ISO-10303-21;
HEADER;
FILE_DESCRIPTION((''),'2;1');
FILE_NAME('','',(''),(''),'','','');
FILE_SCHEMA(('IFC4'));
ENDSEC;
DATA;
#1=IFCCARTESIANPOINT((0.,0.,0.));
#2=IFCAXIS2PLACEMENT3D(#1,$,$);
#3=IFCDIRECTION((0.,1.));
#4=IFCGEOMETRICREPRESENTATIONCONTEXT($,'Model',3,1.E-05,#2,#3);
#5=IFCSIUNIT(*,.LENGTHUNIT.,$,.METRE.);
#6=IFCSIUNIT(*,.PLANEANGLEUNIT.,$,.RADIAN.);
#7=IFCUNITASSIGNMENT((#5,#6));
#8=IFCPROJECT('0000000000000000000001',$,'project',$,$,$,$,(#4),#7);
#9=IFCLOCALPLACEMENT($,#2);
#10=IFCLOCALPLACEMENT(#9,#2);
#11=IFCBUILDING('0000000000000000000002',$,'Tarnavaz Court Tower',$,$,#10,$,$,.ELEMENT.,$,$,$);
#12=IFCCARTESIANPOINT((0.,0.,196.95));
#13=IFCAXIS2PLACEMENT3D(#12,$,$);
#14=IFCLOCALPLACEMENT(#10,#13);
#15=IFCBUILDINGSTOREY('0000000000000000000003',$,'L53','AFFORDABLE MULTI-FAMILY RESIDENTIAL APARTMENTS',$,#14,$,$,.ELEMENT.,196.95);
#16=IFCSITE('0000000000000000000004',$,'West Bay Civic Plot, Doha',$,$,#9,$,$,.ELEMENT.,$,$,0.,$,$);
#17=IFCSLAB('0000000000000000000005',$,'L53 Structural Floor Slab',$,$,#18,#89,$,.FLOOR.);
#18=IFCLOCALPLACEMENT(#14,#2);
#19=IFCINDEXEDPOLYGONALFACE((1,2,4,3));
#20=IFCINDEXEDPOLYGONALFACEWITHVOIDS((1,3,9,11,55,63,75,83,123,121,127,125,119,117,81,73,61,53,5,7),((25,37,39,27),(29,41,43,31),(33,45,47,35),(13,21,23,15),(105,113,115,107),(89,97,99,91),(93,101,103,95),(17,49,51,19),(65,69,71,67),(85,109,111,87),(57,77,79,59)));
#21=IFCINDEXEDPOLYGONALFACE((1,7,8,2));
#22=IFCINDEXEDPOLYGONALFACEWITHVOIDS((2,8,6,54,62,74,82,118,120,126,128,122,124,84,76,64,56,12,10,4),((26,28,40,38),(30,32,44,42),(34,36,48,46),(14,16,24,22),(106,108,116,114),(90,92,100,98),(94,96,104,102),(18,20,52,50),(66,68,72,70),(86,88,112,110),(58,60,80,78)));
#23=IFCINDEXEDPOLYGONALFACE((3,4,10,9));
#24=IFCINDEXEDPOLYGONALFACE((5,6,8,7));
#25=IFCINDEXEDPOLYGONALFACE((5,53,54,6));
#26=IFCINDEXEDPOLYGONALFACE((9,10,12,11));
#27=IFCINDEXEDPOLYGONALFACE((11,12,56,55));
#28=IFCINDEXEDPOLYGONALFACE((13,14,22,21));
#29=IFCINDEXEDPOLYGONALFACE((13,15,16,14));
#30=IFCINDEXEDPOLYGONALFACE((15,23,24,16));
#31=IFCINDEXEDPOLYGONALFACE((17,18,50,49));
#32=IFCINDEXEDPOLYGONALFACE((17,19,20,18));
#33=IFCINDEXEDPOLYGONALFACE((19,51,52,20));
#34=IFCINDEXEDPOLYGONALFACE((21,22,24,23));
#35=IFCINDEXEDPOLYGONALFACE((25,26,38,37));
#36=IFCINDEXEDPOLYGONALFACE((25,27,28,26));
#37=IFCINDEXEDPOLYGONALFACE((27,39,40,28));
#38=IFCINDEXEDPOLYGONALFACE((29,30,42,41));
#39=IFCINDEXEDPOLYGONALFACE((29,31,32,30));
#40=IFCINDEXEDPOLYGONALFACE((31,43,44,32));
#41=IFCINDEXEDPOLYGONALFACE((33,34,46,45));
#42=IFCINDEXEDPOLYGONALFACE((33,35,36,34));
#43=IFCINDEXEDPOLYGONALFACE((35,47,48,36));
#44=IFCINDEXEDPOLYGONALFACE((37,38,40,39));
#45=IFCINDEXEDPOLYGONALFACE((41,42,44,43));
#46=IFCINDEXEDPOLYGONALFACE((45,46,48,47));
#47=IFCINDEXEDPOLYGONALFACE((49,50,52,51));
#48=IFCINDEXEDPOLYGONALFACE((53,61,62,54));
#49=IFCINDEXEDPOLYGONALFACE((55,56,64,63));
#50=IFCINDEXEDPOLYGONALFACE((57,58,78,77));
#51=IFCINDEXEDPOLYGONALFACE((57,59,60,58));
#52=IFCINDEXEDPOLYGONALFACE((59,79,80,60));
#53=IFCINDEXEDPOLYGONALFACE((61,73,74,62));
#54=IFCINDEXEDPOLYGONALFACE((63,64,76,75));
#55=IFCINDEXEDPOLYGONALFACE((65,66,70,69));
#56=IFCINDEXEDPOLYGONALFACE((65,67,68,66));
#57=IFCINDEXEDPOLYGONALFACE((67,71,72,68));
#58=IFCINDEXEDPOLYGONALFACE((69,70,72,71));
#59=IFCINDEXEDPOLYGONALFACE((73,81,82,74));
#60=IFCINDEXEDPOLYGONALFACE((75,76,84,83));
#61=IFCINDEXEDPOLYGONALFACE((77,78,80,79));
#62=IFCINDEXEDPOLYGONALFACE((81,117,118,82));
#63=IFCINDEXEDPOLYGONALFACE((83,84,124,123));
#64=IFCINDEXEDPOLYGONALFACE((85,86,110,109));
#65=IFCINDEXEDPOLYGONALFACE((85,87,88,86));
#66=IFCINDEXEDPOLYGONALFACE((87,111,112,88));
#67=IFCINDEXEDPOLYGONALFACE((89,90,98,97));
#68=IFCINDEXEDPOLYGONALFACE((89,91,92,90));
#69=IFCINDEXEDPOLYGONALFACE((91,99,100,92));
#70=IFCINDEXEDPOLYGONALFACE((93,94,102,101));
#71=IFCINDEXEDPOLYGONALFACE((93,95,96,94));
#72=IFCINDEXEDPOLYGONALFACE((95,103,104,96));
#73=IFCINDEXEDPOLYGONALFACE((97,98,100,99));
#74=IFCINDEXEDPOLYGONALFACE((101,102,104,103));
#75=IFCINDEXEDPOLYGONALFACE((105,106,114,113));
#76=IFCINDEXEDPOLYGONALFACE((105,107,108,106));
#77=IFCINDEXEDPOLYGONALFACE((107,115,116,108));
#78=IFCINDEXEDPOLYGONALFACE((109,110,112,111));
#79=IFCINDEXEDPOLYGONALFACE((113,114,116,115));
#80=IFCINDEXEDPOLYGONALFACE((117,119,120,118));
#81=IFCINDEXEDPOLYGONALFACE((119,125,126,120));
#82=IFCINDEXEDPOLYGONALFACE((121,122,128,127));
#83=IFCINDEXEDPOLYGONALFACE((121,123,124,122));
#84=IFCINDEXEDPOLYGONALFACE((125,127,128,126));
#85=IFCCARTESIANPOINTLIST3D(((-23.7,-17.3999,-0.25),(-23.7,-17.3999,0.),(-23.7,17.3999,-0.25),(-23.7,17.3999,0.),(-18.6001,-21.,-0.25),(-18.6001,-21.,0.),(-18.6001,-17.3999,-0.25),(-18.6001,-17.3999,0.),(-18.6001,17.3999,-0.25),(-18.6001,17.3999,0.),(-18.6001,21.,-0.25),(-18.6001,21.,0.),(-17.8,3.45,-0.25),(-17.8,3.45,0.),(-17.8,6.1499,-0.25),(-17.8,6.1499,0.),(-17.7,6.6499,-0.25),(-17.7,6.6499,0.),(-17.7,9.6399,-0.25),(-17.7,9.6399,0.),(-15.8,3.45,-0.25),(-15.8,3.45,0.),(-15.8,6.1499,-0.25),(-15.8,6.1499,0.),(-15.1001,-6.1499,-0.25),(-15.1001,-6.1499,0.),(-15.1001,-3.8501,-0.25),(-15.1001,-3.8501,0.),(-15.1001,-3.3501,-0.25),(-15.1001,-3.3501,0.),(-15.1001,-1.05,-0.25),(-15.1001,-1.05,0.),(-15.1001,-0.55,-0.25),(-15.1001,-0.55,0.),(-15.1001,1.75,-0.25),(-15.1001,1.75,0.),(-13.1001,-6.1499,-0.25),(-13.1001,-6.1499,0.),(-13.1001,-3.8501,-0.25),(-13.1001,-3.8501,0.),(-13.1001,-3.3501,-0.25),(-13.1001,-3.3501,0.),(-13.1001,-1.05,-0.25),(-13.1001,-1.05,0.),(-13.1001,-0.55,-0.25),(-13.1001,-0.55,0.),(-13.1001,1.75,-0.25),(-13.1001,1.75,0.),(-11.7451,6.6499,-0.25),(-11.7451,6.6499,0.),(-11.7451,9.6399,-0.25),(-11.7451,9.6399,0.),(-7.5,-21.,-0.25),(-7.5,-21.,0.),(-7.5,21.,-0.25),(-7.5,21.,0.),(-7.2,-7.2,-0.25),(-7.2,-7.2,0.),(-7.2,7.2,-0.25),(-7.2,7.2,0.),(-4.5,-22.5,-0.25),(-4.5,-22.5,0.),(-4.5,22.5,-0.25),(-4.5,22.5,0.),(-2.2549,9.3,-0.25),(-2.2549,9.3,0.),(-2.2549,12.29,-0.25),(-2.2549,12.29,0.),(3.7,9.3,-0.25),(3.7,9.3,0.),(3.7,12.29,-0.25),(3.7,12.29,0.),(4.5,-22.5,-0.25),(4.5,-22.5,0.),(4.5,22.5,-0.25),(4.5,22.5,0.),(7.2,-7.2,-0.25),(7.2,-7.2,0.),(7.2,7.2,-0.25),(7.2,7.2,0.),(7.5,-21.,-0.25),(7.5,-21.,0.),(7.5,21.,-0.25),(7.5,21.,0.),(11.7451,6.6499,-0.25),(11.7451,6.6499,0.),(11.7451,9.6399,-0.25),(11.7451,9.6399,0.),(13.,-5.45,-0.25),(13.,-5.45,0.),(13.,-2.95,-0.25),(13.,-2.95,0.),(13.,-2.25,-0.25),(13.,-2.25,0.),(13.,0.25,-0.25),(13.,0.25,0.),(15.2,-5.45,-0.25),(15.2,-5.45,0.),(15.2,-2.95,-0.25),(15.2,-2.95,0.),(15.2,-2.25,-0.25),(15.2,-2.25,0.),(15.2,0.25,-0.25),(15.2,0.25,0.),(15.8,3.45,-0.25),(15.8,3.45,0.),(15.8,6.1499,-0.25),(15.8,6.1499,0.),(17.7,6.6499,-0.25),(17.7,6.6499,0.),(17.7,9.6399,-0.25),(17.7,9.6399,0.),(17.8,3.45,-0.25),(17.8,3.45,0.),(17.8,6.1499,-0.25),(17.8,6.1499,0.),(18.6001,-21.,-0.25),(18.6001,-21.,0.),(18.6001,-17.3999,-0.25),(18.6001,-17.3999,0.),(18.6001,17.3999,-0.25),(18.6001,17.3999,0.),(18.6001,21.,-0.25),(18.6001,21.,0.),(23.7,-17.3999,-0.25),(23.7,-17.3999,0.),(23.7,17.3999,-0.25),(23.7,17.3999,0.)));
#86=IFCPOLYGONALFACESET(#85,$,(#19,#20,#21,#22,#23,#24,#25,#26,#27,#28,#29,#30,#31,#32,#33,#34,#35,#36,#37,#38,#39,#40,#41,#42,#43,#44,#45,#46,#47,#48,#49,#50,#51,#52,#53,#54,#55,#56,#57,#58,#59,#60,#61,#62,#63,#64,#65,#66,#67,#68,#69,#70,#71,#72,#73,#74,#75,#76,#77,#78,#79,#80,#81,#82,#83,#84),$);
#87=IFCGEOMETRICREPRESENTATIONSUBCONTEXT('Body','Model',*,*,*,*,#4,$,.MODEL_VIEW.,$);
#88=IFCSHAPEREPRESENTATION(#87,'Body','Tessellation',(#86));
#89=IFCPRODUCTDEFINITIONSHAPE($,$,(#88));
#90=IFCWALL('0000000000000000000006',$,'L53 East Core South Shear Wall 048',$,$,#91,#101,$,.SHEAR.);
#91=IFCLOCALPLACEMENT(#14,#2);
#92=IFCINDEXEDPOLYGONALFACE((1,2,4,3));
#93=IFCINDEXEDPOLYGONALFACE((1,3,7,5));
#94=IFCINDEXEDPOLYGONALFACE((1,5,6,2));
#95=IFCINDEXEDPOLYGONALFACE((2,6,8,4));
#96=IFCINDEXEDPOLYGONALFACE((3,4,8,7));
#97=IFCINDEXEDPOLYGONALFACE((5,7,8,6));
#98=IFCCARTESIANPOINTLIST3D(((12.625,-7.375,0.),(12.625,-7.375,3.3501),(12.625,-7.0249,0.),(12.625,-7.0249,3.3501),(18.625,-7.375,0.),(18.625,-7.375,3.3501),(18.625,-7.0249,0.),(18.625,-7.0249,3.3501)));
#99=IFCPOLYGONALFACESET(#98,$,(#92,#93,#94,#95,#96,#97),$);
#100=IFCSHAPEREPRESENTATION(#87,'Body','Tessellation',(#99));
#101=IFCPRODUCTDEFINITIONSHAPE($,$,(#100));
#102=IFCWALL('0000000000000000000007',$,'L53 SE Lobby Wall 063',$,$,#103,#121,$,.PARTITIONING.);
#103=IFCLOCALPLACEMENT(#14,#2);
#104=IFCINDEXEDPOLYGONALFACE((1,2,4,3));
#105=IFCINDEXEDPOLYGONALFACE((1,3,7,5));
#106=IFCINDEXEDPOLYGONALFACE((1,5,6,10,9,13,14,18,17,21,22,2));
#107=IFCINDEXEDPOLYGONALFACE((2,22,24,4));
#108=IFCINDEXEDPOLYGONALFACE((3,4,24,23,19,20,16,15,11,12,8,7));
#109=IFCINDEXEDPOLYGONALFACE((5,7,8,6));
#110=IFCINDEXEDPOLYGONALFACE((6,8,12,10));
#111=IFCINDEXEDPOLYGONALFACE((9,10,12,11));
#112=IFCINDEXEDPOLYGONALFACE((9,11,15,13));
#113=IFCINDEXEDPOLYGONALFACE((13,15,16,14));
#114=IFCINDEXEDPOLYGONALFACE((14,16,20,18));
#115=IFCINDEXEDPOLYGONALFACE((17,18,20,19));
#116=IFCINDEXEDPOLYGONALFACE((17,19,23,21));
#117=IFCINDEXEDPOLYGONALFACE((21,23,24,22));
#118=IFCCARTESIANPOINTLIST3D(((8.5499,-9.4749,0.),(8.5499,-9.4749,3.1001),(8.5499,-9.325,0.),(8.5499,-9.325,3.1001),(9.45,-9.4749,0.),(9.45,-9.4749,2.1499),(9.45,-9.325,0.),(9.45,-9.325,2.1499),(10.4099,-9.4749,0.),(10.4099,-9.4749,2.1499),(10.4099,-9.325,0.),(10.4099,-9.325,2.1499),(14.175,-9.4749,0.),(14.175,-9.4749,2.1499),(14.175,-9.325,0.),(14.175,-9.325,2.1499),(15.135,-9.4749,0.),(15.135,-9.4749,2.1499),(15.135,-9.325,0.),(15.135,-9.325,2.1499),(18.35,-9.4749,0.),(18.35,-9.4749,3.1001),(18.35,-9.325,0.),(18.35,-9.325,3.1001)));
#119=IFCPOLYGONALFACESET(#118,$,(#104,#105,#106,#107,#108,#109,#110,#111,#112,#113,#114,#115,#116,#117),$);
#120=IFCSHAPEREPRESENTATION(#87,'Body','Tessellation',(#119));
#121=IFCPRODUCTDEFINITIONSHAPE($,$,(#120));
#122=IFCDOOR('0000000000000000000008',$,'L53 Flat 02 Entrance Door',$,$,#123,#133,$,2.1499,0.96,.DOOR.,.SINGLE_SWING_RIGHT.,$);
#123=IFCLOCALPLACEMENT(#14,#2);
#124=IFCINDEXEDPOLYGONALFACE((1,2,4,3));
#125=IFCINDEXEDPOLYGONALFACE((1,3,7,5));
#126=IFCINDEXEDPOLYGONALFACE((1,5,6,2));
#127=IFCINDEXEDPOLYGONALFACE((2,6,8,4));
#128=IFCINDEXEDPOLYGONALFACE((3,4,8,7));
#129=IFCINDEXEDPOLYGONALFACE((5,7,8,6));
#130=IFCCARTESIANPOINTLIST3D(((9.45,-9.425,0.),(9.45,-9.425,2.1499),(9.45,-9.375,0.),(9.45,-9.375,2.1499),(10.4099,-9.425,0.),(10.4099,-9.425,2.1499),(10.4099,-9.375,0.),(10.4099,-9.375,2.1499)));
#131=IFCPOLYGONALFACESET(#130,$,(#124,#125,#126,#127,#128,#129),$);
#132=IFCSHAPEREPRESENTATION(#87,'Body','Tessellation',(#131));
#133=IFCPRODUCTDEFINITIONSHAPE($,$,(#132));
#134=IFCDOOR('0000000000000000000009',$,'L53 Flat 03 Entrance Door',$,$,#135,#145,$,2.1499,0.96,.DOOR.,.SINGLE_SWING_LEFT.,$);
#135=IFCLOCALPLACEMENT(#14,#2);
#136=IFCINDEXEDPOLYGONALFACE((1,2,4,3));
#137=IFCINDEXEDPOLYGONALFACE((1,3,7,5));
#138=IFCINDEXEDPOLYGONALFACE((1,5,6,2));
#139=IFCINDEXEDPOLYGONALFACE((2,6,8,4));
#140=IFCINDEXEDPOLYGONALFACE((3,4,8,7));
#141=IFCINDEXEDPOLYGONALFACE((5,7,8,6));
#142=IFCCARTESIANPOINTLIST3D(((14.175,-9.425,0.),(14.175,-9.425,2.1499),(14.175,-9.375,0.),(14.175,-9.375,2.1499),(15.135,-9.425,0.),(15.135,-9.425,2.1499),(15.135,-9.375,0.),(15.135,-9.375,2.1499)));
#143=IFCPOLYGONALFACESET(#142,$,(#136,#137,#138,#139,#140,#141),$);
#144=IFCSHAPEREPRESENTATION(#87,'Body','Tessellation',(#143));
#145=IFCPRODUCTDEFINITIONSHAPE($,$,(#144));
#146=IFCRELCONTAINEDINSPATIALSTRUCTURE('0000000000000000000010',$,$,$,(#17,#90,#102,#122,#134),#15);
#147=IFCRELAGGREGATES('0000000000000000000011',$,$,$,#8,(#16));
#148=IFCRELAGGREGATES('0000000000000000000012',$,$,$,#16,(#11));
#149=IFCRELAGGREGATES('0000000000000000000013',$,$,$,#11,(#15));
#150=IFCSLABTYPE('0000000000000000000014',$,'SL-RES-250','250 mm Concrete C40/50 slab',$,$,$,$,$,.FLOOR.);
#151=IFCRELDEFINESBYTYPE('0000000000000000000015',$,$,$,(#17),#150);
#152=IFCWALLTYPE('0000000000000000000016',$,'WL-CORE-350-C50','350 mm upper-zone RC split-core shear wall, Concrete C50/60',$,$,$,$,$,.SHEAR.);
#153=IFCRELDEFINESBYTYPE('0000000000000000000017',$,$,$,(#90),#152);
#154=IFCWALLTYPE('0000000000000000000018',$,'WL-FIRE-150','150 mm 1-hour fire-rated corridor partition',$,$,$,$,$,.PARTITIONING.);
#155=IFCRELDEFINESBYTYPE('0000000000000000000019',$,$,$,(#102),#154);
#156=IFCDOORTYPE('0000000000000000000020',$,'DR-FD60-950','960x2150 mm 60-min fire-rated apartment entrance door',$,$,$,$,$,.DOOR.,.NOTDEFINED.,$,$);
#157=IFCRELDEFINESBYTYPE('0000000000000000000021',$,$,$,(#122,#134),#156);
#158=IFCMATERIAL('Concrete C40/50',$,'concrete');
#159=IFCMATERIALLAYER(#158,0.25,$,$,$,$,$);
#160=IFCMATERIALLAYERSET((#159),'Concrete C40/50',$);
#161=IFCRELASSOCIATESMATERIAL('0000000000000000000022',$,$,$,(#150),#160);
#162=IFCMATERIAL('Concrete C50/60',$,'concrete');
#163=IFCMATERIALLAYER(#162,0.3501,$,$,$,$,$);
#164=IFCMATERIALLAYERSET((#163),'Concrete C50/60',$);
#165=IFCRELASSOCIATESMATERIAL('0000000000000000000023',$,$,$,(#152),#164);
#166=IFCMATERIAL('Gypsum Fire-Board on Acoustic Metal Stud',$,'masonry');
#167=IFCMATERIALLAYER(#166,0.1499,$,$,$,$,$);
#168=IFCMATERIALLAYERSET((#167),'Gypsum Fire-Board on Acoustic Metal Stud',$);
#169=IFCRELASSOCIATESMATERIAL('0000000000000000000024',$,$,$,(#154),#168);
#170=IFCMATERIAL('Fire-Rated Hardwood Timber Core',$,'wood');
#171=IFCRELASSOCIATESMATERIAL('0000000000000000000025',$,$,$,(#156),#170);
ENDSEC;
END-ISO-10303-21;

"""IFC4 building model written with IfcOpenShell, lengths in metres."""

from ifc_helpers import new_model, si_unit, direction, frame, frame_2d, origin, place, context, subcontext, project, spatial, polyline, rectangle, outline, extrude, material, layer, layer_set, type_object, element, fill, save


model = new_model("IFC4")

# Units and contexts
model_context = context("Model", 3, precision=1e-05, world=origin(), true_north=direction((0.0, 1.0)))
body_context = subcontext(model_context, "Body", "Model", "MODEL_VIEW")
ifc_project = project(units=[si_unit("LENGTHUNIT", "METRE"), si_unit("PLANEANGLEUNIT", "RADIAN")], contexts=[model_context])

# Site, building, storey
site_placement = place(None, origin())
site = spatial("IfcSite", under=ifc_project, at=site_placement, Name="West Bay Civic Plot, Doha", CompositionType="ELEMENT", RefElevation=0.0)
building_placement = place(site_placement, origin())
building = spatial("IfcBuilding", under=site, at=building_placement, Name="Tarnavaz Court Tower", CompositionType="ELEMENT")
storey_placement = place(building_placement, frame((0.0, 0.0, 196.95)))
storey = spatial("IfcBuildingStorey", under=building, at=storey_placement, Name="L53", Description="AFFORDABLE MULTI-FAMILY RESIDENTIAL APARTMENTS", CompositionType="ELEMENT", Elevation=196.95)

# Shared definitions
ifc_material_1 = material(Name="Concrete C50/60", Category="concrete")

# Shared definitions
ifc_material_2 = material(Name="Concrete C40/50", Category="concrete")

# Slab
ifc_layer_1 = layer(ifc_material_2, 0.25)
ifc_layer_set_1 = layer_set([ifc_layer_1], Name="Concrete C40/50")
slab_type_1 = type_object("IfcSlabType", Name="SL-RES-250", Description="250 mm Concrete C40/50 slab", PredefinedType="FLOOR", material=ifc_layer_set_1)
slab_1_placement = place(storey_placement, frame((0.0, 0.0, -0.25)))
element("IfcSlab", 1, at=slab_1_placement, inside=storey, type_object=slab_type_1, Name="L53 Structural Floor Slab", PredefinedType="FLOOR", context=body_context, shape_type="SweptSolid", body=[
    extrude(outline(polyline([(-18.6001, -21.0), (-7.5, -21.0), (-4.5, -22.5), (4.5, -22.5), (7.5, -21.0), (18.6001, -21.0), (18.6001, -17.3999), (23.7, -17.3999), (23.7, 17.3999), (18.6001, 17.3999), (18.6001, 21.0), (7.5, 21.0), (4.5, 22.5), (-4.5, 22.5), (-7.5, 21.0), (-18.6001, 21.0), (-18.6001, 17.3999), (-23.7, 17.3999), (-23.7, -17.3999), (-18.6001, -17.3999), (-18.6001, -21.0)]), holes=[polyline([(-7.2, -7.2), (7.2, -7.2), (7.2, 7.2), (-7.2, 7.2), (-7.2, -7.2)]), polyline([(-11.7451, 9.6399), (-17.7, 9.6399), (-17.7, 6.6499), (-11.7451, 6.6499), (-11.7451, 9.6399)]), polyline([(11.7451, 6.6499), (17.7, 6.6499), (17.7, 9.6399), (11.7451, 9.6399), (11.7451, 6.6499)]), polyline([(-2.2549, 9.3), (3.7, 9.3), (3.7, 12.29), (-2.2549, 12.29), (-2.2549, 9.3)]), polyline([(-17.8, 3.45), (-15.8, 3.45), (-15.8, 6.1499), (-17.8, 6.1499), (-17.8, 3.45)]), polyline([(-15.1001, -6.1499), (-13.1001, -6.1499), (-13.1001, -3.8501), (-15.1001, -3.8501), (-15.1001, -6.1499)]), polyline([(-15.1001, -3.3501), (-13.1001, -3.3501), (-13.1001, -1.05), (-15.1001, -1.05), (-15.1001, -3.3501)]), polyline([(-15.1001, -0.55), (-13.1001, -0.55), (-13.1001, 1.75), (-15.1001, 1.75), (-15.1001, -0.55)]), polyline([(15.8, 3.45), (17.8, 3.45), (17.8, 6.1499), (15.8, 6.1499), (15.8, 3.45)]), polyline([(13.0, -5.45), (15.2, -5.45), (15.2, -2.95), (13.0, -2.95), (13.0, -5.45)]), polyline([(13.0, -2.25), (15.2, -2.25), (15.2, 0.25), (13.0, 0.25), (13.0, -2.25)])]), origin(), (0.0, 0.0, 1.0), 0.25),
])

# Wall
ifc_layer_2 = layer(ifc_material_1, 0.3501)
ifc_layer_set_2 = layer_set([ifc_layer_2], Name="Concrete C50/60")
wall_type_1 = type_object("IfcWallType", Name="WL-CORE-350-C50", Description="350 mm upper-zone RC split-core shear wall, Concrete C50/60", PredefinedType="SHEAR", material=ifc_layer_set_2)
wall_1_placement = place(storey_placement, frame((12.625, -7.2, 0.0), z_axis=(0.0, 0.0, 1.0), x_axis=(1.0, 0.0, 0.0)))
element("IfcWall", 2, at=wall_1_placement, inside=storey, type_object=wall_type_1, Name="L53 East Core South Shear Wall 048", PredefinedType="SHEAR", context=body_context, shape_type="SweptSolid", body=[
    extrude(rectangle(XDim=6.0, YDim=0.3501, at=frame_2d((3.0, 0.0))), origin(), (0.0, 0.0, 1.0), 3.3501),
])

# Wall, openings, doors
ifc_material_3 = material(Name="Gypsum Fire-Board on Acoustic Metal Stud", Category="masonry")
ifc_layer_3 = layer(ifc_material_3, 0.1499)
ifc_layer_set_3 = layer_set([ifc_layer_3], Name="Gypsum Fire-Board on Acoustic Metal Stud")
wall_type_2 = type_object("IfcWallType", Name="WL-FIRE-150", Description="150 mm 1-hour fire-rated corridor partition", PredefinedType="PARTITIONING", material=ifc_layer_set_3)
wall_2_placement = place(storey_placement, frame((8.55, -9.3999, 0.0), z_axis=(0.0, 0.0, 1.0), x_axis=(1.0, 0.0, 0.0)))
wall_2 = element("IfcWall", 3, at=wall_2_placement, inside=storey, type_object=wall_type_2, Name="L53 SE Lobby Wall 063", PredefinedType="PARTITIONING", context=body_context, shape_type="SweptSolid", body=[
    extrude(rectangle(XDim=9.8, YDim=0.1499, at=frame_2d((4.8999, 0.0))), origin(), (0.0, 0.0, 1.0), 3.1001),
])
opening_1_placement = place(wall_2_placement, frame((0.8999, 0.0, 0.0)))
opening_1 = element("IfcOpeningElement", 4, at=opening_1_placement, cuts=wall_2, PredefinedType="OPENING", context=body_context, shape_type="SweptSolid", body=[
    extrude(rectangle(XDim=0.96, YDim=2.1499, at=frame_2d((0.48, 1.075))), frame((0.0, 0.085, 0.0), z_axis=(0.0, -1.0, 0.0), x_axis=(1.0, 0.0, 0.0)), (0.0, 0.0, 1.0), 0.1699),
])
opening_2_placement = place(wall_2_placement, frame((5.625, 0.0, 0.0)))
opening_2 = element("IfcOpeningElement", 5, at=opening_2_placement, cuts=wall_2, PredefinedType="OPENING", context=body_context, shape_type="SweptSolid", body=[
    extrude(rectangle(XDim=0.96, YDim=2.1499, at=frame_2d((0.48, 1.075))), frame((0.0, 0.085, 0.0), z_axis=(0.0, -1.0, 0.0), x_axis=(1.0, 0.0, 0.0)), (0.0, 0.0, 1.0), 0.1699),
])
ifc_material_4 = material(Name="Fire-Rated Hardwood Timber Core", Category="wood")
door_type_1 = type_object("IfcDoorType", Name="DR-FD60-950", Description="960x2150 mm 60-min fire-rated apartment entrance door", OperationType="NOTDEFINED", PredefinedType="DOOR", material=ifc_material_4)
door_1_placement = place(opening_1_placement, origin())
door_1 = element("IfcDoor", 6, at=door_1_placement, inside=storey, type_object=door_type_1, Name="L53 Flat 02 Entrance Door", OperationType="SINGLE_SWING_RIGHT", OverallHeight=2.1499, OverallWidth=0.96, PredefinedType="DOOR", context=body_context, shape_type="SweptSolid", body=[
    extrude(rectangle(XDim=0.96, YDim=2.1499, at=frame_2d((0.48, 1.075))), frame((0.0, 0.0249, 0.0), z_axis=(0.0, -1.0, 0.0), x_axis=(1.0, 0.0, 0.0)), (0.0, 0.0, 1.0), 0.05),
])
fill(opening_1, door_1)
door_2_placement = place(opening_2_placement, origin())
door_2 = element("IfcDoor", 7, at=door_2_placement, inside=storey, type_object=door_type_1, Name="L53 Flat 03 Entrance Door", OperationType="SINGLE_SWING_LEFT", OverallHeight=2.1499, OverallWidth=0.96, PredefinedType="DOOR", context=body_context, shape_type="SweptSolid", body=[
    extrude(rectangle(XDim=0.96, YDim=2.1499, at=frame_2d((0.48, 1.075))), frame((0.0, 0.0249, 0.0), z_axis=(0.0, -1.0, 0.0), x_axis=(1.0, 0.0, 0.0)), (0.0, 0.0, 1.0), 0.05),
])
fill(opening_2, door_2)

save(model, "model.ifc")
